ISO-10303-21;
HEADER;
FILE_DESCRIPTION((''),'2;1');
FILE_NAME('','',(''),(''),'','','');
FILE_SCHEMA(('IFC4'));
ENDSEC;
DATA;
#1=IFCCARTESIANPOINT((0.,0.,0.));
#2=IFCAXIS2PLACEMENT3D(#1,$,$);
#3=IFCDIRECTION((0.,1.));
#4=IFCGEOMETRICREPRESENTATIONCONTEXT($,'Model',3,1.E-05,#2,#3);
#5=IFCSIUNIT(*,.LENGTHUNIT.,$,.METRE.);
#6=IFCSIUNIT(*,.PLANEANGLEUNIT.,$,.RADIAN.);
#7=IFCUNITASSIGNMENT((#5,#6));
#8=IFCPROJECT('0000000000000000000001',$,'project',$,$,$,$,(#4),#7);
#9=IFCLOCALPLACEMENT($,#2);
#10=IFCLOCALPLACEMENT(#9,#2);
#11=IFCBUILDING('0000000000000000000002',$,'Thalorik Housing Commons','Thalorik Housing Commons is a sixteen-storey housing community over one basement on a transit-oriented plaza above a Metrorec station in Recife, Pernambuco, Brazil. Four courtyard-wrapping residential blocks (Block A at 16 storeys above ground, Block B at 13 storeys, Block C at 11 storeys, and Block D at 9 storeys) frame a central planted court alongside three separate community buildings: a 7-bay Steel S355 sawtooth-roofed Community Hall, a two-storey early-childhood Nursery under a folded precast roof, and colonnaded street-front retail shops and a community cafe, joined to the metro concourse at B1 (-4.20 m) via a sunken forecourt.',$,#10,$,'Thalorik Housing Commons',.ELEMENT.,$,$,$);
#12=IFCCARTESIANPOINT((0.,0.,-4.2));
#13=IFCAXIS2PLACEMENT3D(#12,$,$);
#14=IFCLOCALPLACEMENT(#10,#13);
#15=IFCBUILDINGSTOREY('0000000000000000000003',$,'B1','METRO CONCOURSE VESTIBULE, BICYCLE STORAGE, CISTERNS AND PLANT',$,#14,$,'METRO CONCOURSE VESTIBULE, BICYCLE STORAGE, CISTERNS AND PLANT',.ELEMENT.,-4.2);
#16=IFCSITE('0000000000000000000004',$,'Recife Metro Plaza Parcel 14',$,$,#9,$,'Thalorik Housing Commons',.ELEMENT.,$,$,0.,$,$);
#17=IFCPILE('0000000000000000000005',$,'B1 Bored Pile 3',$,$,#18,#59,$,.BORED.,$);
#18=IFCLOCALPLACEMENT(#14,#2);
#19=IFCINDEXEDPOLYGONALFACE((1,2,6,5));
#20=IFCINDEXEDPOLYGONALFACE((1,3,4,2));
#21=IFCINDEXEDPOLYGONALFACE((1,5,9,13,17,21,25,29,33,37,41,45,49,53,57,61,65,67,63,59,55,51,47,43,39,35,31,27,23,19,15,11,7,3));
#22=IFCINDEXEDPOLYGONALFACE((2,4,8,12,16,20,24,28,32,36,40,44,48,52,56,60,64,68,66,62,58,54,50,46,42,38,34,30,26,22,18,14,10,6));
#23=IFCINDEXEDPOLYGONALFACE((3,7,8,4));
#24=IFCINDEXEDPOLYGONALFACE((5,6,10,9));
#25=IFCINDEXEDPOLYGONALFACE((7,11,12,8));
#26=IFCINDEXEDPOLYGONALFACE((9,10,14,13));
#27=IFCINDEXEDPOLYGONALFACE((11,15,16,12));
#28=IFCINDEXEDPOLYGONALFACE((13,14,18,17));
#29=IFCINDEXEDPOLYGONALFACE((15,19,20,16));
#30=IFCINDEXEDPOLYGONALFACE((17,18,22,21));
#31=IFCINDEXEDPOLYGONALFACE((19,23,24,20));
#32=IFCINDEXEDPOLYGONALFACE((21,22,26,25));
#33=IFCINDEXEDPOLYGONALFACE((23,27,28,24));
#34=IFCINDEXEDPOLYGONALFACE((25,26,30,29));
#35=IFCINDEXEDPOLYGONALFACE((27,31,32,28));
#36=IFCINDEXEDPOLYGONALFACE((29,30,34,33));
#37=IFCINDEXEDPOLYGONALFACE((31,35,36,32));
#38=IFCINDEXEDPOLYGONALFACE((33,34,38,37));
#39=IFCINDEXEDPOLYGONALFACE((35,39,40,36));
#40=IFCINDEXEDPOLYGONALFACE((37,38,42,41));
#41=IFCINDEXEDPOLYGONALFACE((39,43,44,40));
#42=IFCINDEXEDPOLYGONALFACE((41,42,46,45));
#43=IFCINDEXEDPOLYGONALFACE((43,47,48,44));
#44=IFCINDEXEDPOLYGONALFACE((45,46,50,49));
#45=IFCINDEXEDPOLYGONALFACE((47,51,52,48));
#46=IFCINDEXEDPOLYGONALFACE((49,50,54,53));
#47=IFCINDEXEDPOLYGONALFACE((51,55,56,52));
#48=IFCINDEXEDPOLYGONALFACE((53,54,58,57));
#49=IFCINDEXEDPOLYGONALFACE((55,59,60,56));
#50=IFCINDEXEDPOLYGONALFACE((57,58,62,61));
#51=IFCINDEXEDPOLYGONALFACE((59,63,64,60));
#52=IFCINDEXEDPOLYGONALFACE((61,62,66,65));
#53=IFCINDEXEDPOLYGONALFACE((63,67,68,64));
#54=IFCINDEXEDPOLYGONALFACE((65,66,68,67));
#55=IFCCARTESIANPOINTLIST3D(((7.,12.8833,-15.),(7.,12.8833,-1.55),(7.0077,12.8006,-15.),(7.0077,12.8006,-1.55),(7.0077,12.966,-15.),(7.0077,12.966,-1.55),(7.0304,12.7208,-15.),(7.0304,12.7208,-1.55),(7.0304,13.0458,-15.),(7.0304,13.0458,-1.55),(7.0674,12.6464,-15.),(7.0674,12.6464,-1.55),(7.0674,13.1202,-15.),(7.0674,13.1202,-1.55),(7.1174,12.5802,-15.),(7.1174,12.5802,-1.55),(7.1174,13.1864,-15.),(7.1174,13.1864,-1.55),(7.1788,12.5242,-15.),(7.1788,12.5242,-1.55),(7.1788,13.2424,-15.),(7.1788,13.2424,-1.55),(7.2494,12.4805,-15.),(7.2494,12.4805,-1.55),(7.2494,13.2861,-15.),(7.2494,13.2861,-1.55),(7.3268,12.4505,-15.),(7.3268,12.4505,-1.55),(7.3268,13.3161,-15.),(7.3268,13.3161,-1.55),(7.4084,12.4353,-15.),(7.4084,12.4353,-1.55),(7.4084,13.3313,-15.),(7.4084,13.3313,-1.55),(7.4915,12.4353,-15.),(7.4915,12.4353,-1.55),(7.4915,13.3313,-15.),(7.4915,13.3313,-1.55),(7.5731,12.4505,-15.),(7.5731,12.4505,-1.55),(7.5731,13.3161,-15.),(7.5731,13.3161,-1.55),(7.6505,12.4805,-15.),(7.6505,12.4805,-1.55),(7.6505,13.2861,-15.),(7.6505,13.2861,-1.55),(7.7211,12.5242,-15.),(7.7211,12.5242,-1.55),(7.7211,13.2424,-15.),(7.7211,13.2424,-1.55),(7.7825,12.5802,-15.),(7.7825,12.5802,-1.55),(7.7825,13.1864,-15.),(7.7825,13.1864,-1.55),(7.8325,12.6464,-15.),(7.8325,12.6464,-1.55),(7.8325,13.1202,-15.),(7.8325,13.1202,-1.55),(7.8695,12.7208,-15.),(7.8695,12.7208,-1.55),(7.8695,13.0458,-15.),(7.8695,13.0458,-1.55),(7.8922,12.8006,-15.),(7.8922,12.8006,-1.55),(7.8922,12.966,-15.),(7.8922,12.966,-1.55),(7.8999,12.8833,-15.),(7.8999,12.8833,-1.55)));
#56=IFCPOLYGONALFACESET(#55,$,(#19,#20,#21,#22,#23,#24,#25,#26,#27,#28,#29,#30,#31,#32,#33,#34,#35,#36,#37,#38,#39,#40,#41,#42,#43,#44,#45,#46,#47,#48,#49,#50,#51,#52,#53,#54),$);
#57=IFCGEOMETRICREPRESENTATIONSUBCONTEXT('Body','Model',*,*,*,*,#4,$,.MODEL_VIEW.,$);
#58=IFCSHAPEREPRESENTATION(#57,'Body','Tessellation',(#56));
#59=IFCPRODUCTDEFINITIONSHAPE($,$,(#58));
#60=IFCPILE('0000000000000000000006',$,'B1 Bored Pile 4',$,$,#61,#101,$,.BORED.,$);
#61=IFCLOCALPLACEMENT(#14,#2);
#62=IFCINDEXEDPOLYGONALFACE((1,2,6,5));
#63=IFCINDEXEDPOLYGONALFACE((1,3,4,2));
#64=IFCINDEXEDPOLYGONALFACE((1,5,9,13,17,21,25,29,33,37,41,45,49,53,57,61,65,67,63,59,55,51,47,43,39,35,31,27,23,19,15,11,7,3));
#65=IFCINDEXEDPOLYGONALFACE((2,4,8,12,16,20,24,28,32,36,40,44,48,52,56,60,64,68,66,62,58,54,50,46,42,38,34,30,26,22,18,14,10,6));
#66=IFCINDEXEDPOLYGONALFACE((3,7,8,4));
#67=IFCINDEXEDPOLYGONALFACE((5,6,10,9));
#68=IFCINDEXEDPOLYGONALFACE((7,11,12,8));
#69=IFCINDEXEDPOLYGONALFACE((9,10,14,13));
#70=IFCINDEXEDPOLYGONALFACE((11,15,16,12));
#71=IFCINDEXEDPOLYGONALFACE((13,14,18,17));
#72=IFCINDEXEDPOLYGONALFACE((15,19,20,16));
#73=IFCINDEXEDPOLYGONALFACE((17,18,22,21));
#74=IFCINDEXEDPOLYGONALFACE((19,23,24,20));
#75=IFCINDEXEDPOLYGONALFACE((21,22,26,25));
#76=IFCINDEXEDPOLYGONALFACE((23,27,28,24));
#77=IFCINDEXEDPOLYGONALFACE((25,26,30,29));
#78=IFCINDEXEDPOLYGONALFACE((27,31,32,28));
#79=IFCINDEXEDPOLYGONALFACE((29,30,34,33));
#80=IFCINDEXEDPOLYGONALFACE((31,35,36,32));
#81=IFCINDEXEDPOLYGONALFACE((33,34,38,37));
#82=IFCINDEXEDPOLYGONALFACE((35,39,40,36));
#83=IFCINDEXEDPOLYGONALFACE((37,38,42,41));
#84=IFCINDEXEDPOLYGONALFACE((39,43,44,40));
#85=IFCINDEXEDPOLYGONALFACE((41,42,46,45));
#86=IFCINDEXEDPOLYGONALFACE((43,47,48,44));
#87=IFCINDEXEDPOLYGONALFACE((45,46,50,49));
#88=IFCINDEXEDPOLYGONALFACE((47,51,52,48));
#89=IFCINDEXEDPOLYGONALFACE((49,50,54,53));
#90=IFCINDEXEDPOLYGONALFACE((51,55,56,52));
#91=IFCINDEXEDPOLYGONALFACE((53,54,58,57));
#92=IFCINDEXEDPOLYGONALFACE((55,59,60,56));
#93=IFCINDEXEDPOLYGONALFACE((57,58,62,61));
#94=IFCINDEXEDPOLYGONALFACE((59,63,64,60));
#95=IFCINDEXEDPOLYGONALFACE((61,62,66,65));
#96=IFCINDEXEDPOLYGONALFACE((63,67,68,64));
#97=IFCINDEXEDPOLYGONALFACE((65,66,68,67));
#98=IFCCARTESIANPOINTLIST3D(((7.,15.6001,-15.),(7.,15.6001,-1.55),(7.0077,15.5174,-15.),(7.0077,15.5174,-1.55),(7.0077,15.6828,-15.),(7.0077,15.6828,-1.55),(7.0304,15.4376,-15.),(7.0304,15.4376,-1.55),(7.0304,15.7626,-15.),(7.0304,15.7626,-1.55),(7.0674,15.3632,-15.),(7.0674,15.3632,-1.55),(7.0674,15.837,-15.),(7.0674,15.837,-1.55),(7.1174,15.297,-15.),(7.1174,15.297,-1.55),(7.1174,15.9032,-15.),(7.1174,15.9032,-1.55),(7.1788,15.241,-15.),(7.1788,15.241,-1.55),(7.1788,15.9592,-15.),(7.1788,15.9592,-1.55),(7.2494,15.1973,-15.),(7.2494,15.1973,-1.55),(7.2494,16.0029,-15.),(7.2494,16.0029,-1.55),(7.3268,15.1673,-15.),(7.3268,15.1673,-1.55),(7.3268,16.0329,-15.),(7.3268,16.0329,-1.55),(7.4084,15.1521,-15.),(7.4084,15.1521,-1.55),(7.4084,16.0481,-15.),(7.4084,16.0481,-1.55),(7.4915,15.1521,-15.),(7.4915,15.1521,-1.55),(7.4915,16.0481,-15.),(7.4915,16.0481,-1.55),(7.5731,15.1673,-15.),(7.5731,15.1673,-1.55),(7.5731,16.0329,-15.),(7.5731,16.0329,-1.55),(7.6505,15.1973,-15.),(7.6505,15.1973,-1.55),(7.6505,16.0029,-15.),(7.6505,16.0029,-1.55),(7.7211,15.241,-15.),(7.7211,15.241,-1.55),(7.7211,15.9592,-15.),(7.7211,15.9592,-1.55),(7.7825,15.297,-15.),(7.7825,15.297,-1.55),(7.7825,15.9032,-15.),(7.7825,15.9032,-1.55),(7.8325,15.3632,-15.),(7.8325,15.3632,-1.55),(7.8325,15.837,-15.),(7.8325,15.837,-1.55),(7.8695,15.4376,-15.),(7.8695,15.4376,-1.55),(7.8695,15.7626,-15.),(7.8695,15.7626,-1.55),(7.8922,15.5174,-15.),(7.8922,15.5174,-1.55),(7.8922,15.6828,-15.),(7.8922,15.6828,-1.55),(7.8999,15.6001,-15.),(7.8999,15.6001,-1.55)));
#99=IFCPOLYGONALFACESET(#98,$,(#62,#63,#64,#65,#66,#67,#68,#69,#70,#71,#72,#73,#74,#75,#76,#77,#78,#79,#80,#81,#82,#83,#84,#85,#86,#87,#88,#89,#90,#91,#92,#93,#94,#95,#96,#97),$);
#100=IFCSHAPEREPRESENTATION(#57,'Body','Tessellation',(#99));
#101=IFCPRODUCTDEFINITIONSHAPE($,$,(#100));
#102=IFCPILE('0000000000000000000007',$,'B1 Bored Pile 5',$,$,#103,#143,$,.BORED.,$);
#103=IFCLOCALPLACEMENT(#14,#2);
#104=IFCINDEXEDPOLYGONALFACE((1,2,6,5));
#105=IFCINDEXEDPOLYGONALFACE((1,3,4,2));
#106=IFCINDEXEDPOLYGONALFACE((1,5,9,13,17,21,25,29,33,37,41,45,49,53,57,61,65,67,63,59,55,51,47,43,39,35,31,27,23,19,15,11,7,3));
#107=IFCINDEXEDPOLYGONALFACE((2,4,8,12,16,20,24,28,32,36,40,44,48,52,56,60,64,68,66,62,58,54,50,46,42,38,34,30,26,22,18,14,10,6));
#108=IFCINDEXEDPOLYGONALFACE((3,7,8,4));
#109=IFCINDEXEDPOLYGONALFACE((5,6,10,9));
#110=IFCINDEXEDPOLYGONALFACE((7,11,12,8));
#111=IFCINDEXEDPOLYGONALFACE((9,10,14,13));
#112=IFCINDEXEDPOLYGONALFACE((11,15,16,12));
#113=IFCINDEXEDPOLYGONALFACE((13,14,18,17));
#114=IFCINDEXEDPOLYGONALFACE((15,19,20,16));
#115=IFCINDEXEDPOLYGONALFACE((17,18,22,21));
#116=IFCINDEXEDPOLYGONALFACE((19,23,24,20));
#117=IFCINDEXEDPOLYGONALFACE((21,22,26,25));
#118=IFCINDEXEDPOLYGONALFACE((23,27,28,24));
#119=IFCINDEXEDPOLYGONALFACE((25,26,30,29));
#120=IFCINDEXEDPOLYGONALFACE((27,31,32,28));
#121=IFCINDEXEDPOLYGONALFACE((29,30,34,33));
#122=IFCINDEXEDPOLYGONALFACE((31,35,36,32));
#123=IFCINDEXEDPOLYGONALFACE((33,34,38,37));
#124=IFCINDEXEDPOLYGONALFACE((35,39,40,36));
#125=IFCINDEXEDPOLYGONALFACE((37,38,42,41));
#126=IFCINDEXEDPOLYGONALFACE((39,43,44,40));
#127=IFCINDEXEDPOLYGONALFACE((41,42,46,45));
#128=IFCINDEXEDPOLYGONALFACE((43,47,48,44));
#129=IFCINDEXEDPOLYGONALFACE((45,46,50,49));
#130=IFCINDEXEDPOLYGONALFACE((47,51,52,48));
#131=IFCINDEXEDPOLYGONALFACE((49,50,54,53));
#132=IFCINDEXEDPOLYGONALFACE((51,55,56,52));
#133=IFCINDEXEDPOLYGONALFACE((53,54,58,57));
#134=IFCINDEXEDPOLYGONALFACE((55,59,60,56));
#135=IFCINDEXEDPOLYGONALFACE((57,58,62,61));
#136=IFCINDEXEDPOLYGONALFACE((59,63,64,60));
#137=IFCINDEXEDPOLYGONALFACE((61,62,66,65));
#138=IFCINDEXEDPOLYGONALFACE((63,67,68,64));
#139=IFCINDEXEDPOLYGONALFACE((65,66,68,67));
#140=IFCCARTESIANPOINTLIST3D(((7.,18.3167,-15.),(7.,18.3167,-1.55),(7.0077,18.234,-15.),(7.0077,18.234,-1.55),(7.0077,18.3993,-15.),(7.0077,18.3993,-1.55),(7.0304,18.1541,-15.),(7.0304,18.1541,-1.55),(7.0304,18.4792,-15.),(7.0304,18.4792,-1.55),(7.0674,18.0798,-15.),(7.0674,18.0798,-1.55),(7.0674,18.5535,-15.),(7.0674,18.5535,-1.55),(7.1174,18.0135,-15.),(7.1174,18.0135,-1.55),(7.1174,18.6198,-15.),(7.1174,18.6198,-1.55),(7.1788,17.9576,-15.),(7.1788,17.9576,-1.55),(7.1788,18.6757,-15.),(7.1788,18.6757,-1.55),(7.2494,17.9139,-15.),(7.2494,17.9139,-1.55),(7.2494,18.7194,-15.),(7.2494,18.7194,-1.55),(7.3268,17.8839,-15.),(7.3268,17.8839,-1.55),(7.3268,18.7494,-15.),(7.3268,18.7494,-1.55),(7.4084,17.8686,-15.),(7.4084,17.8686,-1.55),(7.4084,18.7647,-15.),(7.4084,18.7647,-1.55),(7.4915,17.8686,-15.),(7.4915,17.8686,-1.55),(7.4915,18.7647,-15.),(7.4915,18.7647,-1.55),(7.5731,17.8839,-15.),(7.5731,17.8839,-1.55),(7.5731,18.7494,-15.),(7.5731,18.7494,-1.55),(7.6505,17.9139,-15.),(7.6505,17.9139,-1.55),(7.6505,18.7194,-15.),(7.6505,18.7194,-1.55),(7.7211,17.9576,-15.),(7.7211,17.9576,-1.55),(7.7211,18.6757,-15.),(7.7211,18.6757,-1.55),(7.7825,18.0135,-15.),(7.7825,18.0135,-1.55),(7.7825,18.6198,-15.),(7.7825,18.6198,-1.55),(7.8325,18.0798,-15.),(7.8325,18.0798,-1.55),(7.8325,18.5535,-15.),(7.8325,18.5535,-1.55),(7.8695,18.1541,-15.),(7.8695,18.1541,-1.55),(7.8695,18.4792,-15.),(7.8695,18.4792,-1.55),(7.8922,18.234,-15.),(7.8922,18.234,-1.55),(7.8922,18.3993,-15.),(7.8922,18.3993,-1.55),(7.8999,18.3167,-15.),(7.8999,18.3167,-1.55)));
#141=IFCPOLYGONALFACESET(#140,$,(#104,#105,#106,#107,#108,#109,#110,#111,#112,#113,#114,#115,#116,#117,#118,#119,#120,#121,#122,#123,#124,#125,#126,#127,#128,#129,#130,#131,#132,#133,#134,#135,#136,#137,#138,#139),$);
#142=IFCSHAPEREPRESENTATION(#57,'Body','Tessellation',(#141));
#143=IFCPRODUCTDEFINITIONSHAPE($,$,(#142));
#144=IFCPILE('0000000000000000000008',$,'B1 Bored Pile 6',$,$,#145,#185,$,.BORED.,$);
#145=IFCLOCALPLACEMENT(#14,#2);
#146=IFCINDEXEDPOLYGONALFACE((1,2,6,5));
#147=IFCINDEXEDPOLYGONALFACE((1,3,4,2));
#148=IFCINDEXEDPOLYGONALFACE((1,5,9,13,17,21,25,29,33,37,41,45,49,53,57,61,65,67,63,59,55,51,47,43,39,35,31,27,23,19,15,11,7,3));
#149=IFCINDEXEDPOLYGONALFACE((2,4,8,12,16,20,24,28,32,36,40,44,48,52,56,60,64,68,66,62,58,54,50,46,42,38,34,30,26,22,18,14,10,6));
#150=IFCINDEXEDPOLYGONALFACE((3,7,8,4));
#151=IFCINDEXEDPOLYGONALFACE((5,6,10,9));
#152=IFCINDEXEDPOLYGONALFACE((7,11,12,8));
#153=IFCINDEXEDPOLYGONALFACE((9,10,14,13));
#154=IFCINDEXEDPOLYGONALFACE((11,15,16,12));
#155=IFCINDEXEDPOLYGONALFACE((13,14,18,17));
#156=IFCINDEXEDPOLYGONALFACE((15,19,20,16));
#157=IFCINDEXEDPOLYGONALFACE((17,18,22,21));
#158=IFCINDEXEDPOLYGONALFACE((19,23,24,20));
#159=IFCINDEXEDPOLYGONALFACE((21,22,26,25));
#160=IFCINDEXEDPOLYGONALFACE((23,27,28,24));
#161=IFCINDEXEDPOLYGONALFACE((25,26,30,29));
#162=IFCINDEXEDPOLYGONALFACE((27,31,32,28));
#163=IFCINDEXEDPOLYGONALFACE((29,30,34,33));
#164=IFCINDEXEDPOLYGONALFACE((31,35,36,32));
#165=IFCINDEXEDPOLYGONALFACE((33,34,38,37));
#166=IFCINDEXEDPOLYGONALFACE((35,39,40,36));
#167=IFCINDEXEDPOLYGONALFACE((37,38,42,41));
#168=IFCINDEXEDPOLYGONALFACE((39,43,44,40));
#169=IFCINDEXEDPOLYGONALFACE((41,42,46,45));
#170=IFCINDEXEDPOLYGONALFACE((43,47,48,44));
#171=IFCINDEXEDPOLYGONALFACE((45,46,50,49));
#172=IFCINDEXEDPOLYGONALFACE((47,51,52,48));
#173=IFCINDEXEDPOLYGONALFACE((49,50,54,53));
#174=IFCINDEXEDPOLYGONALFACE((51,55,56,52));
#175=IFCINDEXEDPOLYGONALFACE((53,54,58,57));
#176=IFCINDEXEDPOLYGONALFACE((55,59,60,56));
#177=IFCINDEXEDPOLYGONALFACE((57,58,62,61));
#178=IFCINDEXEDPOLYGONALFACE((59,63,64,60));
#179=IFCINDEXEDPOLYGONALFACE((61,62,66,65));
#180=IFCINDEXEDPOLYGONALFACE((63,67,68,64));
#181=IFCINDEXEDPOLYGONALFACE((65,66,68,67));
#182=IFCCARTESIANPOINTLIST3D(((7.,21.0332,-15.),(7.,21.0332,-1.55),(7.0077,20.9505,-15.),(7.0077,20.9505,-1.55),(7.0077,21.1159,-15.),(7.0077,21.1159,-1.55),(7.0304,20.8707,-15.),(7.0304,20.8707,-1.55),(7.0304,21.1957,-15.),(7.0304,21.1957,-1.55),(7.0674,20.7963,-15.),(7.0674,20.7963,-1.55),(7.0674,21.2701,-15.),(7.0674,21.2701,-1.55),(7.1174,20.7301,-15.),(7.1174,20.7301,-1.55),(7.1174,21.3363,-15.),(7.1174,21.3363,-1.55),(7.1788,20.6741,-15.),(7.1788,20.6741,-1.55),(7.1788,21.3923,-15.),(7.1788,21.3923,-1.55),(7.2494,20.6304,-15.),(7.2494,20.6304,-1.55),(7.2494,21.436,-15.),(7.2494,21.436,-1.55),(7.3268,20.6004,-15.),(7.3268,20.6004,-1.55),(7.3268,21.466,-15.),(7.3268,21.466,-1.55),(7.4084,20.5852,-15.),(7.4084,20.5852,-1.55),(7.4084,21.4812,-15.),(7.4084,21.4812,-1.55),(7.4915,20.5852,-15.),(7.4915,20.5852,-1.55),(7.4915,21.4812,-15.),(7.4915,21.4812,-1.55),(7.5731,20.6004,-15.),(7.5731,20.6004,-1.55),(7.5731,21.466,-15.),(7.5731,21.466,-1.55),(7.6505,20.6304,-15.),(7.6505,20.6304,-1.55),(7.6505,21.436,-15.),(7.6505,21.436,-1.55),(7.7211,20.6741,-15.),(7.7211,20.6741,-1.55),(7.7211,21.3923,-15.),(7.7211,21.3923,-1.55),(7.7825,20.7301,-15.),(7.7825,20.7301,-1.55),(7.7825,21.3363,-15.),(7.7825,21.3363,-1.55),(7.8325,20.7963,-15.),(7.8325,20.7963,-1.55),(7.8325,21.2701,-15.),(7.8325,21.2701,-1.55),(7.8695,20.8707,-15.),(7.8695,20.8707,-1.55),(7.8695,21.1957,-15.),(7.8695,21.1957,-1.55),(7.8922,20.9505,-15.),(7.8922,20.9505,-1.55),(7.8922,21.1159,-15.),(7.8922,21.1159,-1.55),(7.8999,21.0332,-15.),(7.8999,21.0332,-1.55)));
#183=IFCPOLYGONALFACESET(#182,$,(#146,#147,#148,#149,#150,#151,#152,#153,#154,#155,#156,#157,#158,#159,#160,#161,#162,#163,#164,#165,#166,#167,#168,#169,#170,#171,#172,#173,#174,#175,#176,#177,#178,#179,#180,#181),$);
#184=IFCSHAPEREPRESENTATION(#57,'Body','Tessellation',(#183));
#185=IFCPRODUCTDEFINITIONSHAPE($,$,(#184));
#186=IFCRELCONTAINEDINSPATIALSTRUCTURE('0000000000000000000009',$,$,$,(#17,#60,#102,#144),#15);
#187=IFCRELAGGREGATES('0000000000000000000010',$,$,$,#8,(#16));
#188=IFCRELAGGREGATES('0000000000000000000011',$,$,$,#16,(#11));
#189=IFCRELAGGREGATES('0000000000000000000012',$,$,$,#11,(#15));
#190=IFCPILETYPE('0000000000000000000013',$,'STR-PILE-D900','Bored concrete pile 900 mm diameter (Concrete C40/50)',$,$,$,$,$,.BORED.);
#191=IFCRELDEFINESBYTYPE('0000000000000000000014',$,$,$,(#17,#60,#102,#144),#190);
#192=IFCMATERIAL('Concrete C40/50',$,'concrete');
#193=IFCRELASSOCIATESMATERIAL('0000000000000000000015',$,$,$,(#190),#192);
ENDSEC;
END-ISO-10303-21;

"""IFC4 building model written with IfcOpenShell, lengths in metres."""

from ifc_helpers import new_model, si_unit, direction, frame, origin, origin_2d, place, context, subcontext, project, spatial, circle, extrude, material, material_profile, profile_set, type_object, element, save


model = new_model("IFC4")

# Units and contexts
model_context = context("Model", 3, precision=1e-05, world=origin(), true_north=direction((0.0, 1.0)))
body_context = subcontext(model_context, "Body", "Model", "MODEL_VIEW")
ifc_project = project(units=[si_unit("LENGTHUNIT", "METRE"), si_unit("PLANEANGLEUNIT", "RADIAN")], contexts=[model_context])

# Site, building, storey
site_placement = place(None, origin())
site = spatial("IfcSite", under=ifc_project, at=site_placement, Name="Recife Metro Plaza Parcel 14", LongName="Thalorik Housing Commons", CompositionType="ELEMENT", RefElevation=0.0)
building_placement = place(site_placement, origin())
building = spatial("IfcBuilding", under=site, at=building_placement, Name="Thalorik Housing Commons", Description="Thalorik Housing Commons is a sixteen-storey housing community over one basement on a transit-oriented plaza above a Metrorec station in Recife, Pernambuco, Brazil. Four courtyard-wrapping residential blocks (Block A at 16 storeys above ground, Block B at 13 storeys, Block C at 11 storeys, and Block D at 9 storeys) frame a central planted court alongside three separate community buildings: a 7-bay Steel S355 sawtooth-roofed Community Hall, a two-storey early-childhood Nursery under a folded precast roof, and colonnaded street-front retail shops and a community cafe, joined to the metro concourse at B1 (-4.20 m) via a sunken forecourt.", LongName="Thalorik Housing Commons", CompositionType="ELEMENT")
storey_placement = place(building_placement, frame((0.0, 0.0, -4.2)))
storey = spatial("IfcBuildingStorey", under=building, at=storey_placement, Name="B1", Description="METRO CONCOURSE VESTIBULE, BICYCLE STORAGE, CISTERNS AND PLANT", LongName="METRO CONCOURSE VESTIBULE, BICYCLE STORAGE, CISTERNS AND PLANT", CompositionType="ELEMENT", Elevation=-4.2)

# Piles
ifc_material_1 = material(Name="Concrete C40/50", Category="concrete")
ifc_material_profile_1 = material_profile(ifc_material_1, circle(Radius=0.45, at=origin_2d()), Name="BORED PILE D900", Category="concrete")
ifc_profile_set_1 = profile_set([ifc_material_profile_1], Name="Concrete C40/50")
pile_type = type_object("IfcPileType", Name="STR-PILE-D900", Description="Bored concrete pile 900 mm diameter (Concrete C40/50)", PredefinedType="BORED", material=ifc_profile_set_1)
for number, where, z_axis, x_axis, name in (
    (1, (7.45, 12.8833, -1.55), (0.0, 0.0, -1.0), (1.0, 0.0, 0.0), "B1 Bored Pile 3"),
    (2, (7.45, 15.6001, -1.55), (0.0, 0.0, -1.0), (1.0, 0.0, 0.0), "B1 Bored Pile 4"),
    (3, (7.45, 18.3167, -1.55), (0.0, 0.0, -1.0), (1.0, 0.0, 0.0), "B1 Bored Pile 5"),
    (4, (7.45, 21.0332, -1.55), (0.0, 0.0, -1.0), (1.0, 0.0, 0.0), "B1 Bored Pile 6"),
):
    element("IfcPile", number, at=place(storey_placement, frame(where, z_axis=z_axis, x_axis=x_axis)), inside=storey, type_object=pile_type, Name=name, PredefinedType="BORED", context=body_context, shape_type="SweptSolid", body=[
        extrude(circle(Radius=0.45, at=origin_2d()), origin(), (0.0, 0.0, 1.0), 13.45),
    ])

save(model, "model.ifc")
